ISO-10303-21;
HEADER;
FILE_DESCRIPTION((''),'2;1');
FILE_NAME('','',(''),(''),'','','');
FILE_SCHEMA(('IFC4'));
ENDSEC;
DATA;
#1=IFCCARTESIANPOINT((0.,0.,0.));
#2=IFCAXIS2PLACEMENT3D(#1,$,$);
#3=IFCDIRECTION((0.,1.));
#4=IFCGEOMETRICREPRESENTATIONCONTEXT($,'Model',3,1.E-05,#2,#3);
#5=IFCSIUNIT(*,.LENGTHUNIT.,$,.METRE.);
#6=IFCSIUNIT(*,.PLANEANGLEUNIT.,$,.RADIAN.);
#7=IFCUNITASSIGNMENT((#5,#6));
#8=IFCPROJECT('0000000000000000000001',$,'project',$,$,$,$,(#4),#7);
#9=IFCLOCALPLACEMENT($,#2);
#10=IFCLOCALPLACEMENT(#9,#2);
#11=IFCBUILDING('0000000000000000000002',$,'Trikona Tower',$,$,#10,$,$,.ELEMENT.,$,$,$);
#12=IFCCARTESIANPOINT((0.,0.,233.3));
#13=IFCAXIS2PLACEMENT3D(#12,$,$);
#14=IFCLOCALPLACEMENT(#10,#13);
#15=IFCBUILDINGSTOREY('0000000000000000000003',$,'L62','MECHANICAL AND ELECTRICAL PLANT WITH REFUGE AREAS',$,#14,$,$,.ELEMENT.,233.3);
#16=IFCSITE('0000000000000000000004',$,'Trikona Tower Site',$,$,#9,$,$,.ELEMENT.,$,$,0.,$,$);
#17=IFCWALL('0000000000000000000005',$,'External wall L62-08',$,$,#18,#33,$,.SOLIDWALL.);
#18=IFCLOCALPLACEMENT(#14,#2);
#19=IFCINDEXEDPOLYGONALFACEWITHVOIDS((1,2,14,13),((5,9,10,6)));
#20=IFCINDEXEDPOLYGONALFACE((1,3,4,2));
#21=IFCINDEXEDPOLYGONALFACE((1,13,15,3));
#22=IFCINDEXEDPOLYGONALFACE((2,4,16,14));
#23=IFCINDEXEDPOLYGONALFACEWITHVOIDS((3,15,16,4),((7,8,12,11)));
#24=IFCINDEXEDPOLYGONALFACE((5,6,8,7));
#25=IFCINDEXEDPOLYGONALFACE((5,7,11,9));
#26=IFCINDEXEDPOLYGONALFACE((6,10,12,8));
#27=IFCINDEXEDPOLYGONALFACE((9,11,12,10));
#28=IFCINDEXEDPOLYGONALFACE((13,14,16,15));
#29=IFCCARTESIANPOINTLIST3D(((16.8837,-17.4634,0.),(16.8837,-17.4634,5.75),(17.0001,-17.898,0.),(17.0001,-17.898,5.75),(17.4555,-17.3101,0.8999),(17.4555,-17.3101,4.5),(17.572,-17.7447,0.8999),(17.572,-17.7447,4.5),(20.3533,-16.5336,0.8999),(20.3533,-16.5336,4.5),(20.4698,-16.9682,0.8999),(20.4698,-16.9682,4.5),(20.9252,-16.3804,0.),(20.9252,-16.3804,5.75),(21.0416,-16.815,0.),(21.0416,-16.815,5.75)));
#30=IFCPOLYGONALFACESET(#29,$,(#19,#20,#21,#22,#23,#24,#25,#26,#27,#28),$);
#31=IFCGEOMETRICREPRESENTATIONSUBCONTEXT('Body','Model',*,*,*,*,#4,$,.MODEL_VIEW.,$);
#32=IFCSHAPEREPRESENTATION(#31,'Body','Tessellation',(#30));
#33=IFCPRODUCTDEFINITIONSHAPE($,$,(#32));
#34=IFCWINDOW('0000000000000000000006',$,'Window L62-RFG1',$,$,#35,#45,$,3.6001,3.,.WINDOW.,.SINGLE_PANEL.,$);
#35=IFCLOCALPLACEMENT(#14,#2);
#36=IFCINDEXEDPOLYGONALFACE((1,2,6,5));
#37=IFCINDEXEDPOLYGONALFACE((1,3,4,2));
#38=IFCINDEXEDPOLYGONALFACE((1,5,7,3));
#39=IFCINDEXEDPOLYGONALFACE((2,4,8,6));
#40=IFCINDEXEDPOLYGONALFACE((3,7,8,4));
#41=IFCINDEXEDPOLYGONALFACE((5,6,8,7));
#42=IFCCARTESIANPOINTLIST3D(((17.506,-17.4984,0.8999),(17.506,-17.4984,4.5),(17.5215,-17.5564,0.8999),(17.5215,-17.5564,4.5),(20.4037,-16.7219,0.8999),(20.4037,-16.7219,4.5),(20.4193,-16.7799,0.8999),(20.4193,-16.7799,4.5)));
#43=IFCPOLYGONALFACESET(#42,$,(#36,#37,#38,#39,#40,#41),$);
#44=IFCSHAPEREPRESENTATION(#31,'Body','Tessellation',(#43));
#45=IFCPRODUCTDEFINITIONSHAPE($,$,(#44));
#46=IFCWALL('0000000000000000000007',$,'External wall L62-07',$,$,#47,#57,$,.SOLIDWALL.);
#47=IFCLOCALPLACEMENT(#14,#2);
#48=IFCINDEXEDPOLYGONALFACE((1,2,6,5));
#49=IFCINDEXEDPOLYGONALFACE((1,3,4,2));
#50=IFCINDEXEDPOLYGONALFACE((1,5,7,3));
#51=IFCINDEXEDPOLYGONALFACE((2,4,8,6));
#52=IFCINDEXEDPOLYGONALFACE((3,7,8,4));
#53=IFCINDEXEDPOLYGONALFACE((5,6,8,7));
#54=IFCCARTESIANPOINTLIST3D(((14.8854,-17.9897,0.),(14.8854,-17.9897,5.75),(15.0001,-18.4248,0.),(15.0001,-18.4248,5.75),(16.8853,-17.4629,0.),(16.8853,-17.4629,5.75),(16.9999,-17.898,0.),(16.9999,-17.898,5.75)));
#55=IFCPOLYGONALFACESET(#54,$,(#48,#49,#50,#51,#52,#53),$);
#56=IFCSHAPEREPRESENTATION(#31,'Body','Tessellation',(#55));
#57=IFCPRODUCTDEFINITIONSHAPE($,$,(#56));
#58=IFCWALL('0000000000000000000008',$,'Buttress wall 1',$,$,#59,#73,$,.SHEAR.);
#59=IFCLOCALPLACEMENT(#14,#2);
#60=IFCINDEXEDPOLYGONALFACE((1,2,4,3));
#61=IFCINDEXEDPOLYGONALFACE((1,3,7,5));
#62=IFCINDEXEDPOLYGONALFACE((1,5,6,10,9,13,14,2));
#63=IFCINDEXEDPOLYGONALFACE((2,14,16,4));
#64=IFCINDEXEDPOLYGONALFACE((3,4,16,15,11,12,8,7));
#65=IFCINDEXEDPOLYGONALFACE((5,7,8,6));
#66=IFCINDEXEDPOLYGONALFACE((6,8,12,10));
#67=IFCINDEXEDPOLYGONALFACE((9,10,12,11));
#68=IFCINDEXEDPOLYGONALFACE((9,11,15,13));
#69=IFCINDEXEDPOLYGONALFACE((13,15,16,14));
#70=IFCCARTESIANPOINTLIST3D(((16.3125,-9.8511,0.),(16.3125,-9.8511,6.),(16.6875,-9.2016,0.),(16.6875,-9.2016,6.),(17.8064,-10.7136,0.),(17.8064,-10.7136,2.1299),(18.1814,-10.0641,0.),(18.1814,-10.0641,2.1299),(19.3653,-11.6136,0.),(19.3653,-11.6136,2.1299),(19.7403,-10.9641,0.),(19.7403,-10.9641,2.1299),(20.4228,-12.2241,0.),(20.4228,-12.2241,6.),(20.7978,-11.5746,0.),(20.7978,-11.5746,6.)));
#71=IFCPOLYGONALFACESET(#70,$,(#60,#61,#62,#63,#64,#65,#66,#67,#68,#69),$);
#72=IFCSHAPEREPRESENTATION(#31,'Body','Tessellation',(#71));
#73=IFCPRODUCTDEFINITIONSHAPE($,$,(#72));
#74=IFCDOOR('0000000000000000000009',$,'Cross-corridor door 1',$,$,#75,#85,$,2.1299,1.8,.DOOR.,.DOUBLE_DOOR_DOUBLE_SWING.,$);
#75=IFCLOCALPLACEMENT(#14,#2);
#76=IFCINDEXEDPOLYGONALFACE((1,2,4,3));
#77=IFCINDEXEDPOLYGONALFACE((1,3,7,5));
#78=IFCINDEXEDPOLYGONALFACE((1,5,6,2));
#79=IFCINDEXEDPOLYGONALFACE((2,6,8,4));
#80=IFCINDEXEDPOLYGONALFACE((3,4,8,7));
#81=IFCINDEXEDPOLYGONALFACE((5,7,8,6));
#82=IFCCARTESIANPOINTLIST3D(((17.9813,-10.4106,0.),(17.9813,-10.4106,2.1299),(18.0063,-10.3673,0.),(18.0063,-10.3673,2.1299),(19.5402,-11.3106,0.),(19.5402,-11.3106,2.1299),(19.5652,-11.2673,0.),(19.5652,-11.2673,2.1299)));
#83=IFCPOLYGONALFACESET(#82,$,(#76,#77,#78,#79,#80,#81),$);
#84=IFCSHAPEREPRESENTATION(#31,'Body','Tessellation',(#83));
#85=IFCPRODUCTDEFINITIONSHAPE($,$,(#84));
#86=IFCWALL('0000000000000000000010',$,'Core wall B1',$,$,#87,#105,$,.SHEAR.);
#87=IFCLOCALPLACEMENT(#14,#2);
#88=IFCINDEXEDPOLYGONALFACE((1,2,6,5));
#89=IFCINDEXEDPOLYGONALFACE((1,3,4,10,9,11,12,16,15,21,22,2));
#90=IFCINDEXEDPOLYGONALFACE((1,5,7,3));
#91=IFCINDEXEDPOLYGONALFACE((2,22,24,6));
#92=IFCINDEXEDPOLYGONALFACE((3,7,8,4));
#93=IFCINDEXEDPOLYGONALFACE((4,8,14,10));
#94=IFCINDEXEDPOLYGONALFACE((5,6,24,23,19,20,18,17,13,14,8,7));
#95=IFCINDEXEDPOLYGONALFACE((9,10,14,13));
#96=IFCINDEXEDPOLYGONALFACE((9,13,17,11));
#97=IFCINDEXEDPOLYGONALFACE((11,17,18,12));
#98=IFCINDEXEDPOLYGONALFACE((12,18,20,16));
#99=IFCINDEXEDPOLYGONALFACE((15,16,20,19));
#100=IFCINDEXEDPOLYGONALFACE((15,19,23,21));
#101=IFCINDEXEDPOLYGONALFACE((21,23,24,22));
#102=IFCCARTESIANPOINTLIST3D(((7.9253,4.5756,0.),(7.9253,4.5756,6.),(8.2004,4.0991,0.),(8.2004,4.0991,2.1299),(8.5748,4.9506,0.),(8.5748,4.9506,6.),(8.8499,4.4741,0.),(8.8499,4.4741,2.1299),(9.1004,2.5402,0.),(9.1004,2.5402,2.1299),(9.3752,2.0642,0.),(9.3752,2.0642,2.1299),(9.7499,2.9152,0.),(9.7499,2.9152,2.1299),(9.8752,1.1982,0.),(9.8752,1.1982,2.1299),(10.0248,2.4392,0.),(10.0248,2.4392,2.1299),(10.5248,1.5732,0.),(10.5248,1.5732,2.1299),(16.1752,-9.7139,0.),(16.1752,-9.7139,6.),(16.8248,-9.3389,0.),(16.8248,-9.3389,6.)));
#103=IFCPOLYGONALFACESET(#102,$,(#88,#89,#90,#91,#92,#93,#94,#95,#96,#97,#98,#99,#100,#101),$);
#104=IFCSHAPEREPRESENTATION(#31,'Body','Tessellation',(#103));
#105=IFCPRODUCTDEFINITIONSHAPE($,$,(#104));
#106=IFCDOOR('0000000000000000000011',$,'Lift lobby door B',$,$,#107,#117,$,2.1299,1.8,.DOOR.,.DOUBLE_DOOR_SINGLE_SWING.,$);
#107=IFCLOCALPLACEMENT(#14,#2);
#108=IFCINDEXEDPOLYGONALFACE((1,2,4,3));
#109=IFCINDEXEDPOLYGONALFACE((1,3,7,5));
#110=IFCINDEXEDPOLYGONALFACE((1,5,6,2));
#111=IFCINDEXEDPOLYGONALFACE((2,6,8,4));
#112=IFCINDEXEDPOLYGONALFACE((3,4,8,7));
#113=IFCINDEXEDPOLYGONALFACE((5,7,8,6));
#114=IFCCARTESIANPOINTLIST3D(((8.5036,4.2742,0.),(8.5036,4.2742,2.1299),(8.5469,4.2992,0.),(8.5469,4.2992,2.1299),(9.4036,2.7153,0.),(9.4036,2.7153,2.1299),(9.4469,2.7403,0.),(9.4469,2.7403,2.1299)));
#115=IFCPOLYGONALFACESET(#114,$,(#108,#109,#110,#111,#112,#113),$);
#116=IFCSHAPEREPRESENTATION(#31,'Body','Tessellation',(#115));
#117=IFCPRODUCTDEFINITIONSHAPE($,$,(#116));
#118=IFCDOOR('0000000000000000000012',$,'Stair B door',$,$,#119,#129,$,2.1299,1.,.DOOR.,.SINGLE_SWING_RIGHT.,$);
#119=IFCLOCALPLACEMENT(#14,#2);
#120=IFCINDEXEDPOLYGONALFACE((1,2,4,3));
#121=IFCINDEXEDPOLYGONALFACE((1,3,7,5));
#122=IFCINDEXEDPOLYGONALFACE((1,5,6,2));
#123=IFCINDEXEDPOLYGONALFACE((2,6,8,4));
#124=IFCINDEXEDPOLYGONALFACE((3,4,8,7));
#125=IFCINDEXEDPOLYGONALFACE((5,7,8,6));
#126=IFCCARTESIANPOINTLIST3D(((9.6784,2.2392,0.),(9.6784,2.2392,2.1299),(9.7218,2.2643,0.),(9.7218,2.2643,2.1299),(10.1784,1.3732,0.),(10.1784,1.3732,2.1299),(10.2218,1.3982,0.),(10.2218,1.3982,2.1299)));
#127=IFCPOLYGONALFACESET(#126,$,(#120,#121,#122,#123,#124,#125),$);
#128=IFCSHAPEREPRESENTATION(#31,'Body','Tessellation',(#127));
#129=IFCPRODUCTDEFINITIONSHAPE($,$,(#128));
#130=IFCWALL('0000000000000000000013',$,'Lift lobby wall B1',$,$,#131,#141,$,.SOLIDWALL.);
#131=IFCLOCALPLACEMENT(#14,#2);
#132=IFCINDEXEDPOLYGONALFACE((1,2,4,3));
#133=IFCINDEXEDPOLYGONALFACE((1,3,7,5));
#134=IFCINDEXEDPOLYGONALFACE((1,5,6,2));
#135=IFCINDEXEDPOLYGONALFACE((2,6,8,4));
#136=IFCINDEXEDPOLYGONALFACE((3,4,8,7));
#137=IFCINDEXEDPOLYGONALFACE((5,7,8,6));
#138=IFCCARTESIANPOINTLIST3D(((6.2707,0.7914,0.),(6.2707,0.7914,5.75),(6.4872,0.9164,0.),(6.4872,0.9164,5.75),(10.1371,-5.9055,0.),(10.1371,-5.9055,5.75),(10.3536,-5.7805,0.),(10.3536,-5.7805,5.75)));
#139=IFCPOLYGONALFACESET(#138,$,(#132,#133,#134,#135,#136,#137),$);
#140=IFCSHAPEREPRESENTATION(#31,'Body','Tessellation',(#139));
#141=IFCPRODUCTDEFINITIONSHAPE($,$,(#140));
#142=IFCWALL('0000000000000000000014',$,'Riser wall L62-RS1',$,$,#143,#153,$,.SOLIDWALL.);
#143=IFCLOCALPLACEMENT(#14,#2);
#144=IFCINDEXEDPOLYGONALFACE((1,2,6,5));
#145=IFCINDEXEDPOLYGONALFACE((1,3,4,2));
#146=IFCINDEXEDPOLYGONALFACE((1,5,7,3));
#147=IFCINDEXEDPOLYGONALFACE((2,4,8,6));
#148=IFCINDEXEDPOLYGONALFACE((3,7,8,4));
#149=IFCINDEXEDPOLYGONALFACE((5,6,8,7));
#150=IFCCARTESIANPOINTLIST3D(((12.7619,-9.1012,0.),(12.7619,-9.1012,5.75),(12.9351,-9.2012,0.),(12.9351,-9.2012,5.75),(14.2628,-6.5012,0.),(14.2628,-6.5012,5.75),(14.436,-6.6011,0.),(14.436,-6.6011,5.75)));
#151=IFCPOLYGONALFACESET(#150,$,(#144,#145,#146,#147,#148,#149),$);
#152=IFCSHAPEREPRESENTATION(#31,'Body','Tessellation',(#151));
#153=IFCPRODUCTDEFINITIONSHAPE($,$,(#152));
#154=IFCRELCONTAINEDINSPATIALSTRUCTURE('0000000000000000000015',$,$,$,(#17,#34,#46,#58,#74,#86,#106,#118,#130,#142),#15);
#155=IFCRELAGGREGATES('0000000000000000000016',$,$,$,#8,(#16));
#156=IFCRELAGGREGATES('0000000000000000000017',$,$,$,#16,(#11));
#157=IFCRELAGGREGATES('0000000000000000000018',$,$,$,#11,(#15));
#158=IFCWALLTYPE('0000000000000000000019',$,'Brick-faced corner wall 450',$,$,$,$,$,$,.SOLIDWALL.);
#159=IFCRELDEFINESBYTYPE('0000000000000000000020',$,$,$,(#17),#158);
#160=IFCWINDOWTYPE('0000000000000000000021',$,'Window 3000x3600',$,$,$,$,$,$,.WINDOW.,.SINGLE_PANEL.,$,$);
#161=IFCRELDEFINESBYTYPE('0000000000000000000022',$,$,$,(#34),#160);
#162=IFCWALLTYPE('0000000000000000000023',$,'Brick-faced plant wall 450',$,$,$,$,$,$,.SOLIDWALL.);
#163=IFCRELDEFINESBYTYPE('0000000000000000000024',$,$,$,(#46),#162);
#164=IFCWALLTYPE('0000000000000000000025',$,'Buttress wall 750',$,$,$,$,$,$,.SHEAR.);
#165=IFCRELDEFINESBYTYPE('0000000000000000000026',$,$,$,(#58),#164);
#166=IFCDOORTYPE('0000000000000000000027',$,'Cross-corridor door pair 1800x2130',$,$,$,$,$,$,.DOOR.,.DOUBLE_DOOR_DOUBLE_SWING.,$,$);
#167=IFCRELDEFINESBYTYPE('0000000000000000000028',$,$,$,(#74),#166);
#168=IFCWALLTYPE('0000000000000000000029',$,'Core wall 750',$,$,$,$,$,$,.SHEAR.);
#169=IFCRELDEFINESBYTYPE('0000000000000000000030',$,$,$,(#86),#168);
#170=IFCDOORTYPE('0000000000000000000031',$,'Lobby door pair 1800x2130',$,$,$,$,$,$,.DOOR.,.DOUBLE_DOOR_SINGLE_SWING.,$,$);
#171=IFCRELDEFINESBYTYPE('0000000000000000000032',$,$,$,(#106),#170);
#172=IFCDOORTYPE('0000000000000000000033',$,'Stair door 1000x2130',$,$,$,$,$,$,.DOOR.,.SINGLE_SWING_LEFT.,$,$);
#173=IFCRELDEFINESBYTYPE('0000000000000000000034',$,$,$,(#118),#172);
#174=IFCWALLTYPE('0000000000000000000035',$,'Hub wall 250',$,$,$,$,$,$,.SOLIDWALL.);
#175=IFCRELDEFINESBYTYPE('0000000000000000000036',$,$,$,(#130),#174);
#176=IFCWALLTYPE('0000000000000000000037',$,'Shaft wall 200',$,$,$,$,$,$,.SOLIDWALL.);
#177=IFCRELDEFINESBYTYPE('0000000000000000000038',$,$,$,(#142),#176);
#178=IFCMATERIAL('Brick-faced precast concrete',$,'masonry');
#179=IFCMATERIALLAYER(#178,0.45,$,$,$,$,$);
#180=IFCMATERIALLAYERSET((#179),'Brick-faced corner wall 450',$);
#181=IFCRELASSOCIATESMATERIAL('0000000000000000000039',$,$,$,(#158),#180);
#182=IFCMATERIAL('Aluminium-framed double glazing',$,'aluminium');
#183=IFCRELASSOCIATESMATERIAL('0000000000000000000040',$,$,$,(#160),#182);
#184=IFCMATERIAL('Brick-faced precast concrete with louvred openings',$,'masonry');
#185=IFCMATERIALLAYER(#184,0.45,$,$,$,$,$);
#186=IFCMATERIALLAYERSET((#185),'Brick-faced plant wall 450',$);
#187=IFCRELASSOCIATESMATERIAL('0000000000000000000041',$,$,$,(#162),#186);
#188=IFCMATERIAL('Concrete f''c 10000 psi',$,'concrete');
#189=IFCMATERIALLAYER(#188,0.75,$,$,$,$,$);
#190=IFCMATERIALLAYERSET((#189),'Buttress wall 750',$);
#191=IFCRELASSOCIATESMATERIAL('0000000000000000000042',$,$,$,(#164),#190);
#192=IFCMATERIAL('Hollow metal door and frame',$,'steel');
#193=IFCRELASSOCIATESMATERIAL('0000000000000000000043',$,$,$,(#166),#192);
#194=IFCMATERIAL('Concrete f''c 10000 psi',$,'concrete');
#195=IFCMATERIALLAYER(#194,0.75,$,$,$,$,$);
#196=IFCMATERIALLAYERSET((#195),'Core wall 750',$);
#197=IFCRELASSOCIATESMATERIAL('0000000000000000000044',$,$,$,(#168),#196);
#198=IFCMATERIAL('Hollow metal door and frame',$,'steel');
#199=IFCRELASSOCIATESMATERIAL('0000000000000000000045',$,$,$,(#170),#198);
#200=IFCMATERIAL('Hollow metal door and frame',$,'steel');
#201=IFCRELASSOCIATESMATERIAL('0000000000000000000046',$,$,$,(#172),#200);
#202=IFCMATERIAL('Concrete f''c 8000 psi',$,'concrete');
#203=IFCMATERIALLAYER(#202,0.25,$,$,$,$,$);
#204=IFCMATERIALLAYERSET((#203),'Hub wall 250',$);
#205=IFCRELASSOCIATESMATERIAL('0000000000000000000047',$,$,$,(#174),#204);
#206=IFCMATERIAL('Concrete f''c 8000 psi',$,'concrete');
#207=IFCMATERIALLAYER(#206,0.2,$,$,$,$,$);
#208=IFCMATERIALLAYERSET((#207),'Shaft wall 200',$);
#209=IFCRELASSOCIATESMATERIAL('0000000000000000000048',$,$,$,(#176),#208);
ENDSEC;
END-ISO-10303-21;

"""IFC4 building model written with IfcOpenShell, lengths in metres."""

from ifc_helpers import new_model, si_unit, direction, frame, frame_2d, origin, place, context, subcontext, project, spatial, rectangle, extrude, material, layer, layer_set, type_object, element, fill, save


model = new_model("IFC4")

# Units and contexts
model_context = context("Model", 3, precision=1e-05, world=origin(), true_north=direction((0.0, 1.0)))
body_context = subcontext(model_context, "Body", "Model", "MODEL_VIEW")
ifc_project = project(units=[si_unit("LENGTHUNIT", "METRE"), si_unit("PLANEANGLEUNIT", "RADIAN")], contexts=[model_context])

# Site, building, storey
site_placement = place(None, origin())
site = spatial("IfcSite", under=ifc_project, at=site_placement, Name="Trikona Tower Site", CompositionType="ELEMENT", RefElevation=0.0)
building_placement = place(site_placement, origin())
building = spatial("IfcBuilding", under=site, at=building_placement, Name="Trikona Tower", CompositionType="ELEMENT")
storey_placement = place(building_placement, frame((0.0, 0.0, 233.3)))
storey = spatial("IfcBuildingStorey", under=building, at=storey_placement, Name="L62", Description="MECHANICAL AND ELECTRICAL PLANT WITH REFUGE AREAS", CompositionType="ELEMENT", Elevation=233.3)

# Wall, opening, window
ifc_material_1 = material(Name="Brick-faced precast concrete", Category="masonry")
ifc_layer_1 = layer(ifc_material_1, 0.45)
ifc_layer_set_1 = layer_set([ifc_layer_1], Name="Brick-faced corner wall 450")
wall_type_1 = type_object("IfcWallType", Name="Brick-faced corner wall 450", PredefinedType="SOLIDWALL", material=ifc_layer_set_1)
wall_1_placement = place(storey_placement, frame((16.9419, -17.6807, 0.0), z_axis=(0.0, 0.0, 1.0), x_axis=(0.96592, 0.258839, 0.0)))
wall_1 = element("IfcWall", 1, at=wall_1_placement, inside=storey, type_object=wall_type_1, Name="External wall L62-08", PredefinedType="SOLIDWALL", context=body_context, shape_type="SweptSolid", body=[
    extrude(rectangle(XDim=4.1841, YDim=0.45, at=frame_2d((2.092, 0.0))), origin(), (0.0, 0.0, 1.0), 5.75),
])
opening_1_placement = place(wall_1_placement, frame((0.592, 0.0, 0.8999)))
opening_1 = element("IfcOpeningElement", 2, at=opening_1_placement, cuts=wall_1, PredefinedType="OPENING", context=body_context, shape_type="SweptSolid", body=[
    extrude(rectangle(XDim=3.0, YDim=3.6001, at=frame_2d((1.5, 1.8))), frame((0.0, 0.2349, 0.0), z_axis=(0.0, -1.0, 0.0), x_axis=(1.0, 0.0, 0.0)), (0.0, 0.0, 1.0), 0.47),
])
ifc_material_2 = material(Name="Aluminium-framed double glazing", Category="aluminium")
window_type = type_object("IfcWindowType", Name="Window 3000x3600", PartitioningType="SINGLE_PANEL", PredefinedType="WINDOW", material=ifc_material_2)
window_placement = place(opening_1_placement, origin())
window = element("IfcWindow", 3, at=window_placement, inside=storey, type_object=window_type, Name="Window L62-RFG1", OverallHeight=3.6001, OverallWidth=3.0, PartitioningType="SINGLE_PANEL", PredefinedType="WINDOW", context=body_context, shape_type="SweptSolid", body=[
    extrude(rectangle(XDim=3.0, YDim=3.6001, at=frame_2d((1.5, 1.8))), frame((0.0, 0.03, 0.0), z_axis=(0.0, -1.0, 0.0), x_axis=(1.0, 0.0, 0.0)), (0.0, 0.0, 1.0), 0.0601),
])
fill(opening_1, window)

# Wall
ifc_material_3 = material(Name="Brick-faced precast concrete with louvred openings", Category="masonry")
ifc_layer_2 = layer(ifc_material_3, 0.45)
ifc_layer_set_2 = layer_set([ifc_layer_2], Name="Brick-faced plant wall 450")
wall_type_2 = type_object("IfcWallType", Name="Brick-faced plant wall 450", PredefinedType="SOLIDWALL", material=ifc_layer_set_2)
wall_2_placement = place(storey_placement, frame((14.9426, -18.2073, 0.0), z_axis=(0.0, 0.0, 1.0), x_axis=(0.96701, 0.254737, 0.0)))
element("IfcWall", 4, at=wall_2_placement, inside=storey, type_object=wall_type_2, Name="External wall L62-07", PredefinedType="SOLIDWALL", context=body_context, shape_type="SweptSolid", body=[
    extrude(rectangle(XDim=2.0681, YDim=0.45, at=frame_2d((1.0342, 0.0))), origin(), (0.0, 0.0, 1.0), 5.75),
])

# Wall, opening, door
ifc_material_4 = material(Name="Concrete f'c 10000 psi", Category="concrete")
ifc_layer_3 = layer(ifc_material_4, 0.75)
ifc_layer_set_3 = layer_set([ifc_layer_3], Name="Buttress wall 750")
wall_type_3 = type_object("IfcWallType", Name="Buttress wall 750", PredefinedType="SHEAR", material=ifc_layer_set_3)
wall_3_placement = place(storey_placement, frame((16.5, -9.5264, 0.0), z_axis=(0.0, 0.0, 1.0), x_axis=(0.866031, -0.49999, 0.0)))
wall_3 = element("IfcWall", 5, at=wall_3_placement, inside=storey, type_object=wall_type_3, Name="Buttress wall 1", PredefinedType="SHEAR", context=body_context, shape_type="SweptSolid", body=[
    extrude(rectangle(XDim=4.7461, YDim=0.75, at=frame_2d((2.373, 0.0))), origin(), (0.0, 0.0, 1.0), 6.0),
])
opening_2_placement = place(wall_3_placement, frame((1.7251, 0.0, 0.0)))
opening_2 = element("IfcOpeningElement", 6, at=opening_2_placement, cuts=wall_3, PredefinedType="OPENING", context=body_context, shape_type="SweptSolid", body=[
    extrude(rectangle(XDim=1.8, YDim=2.1299, at=frame_2d((0.8999, 1.0649))), frame((0.0, 0.385, 0.0), z_axis=(0.0, -1.0, 0.0), x_axis=(1.0, 0.0, 0.0)), (0.0, 0.0, 1.0), 0.77),
])
ifc_material_5 = material(Name="Hollow metal door and frame", Category="steel")
door_type_1 = type_object("IfcDoorType", Name="Cross-corridor door pair 1800x2130", OperationType="DOUBLE_DOOR_DOUBLE_SWING", PredefinedType="DOOR", material=ifc_material_5)
door_1_placement = place(opening_2_placement, origin())
door_1 = element("IfcDoor", 7, at=door_1_placement, inside=storey, type_object=door_type_1, Name="Cross-corridor door 1", OperationType="DOUBLE_DOOR_DOUBLE_SWING", OverallHeight=2.1299, OverallWidth=1.8, PredefinedType="DOOR", context=body_context, shape_type="SweptSolid", body=[
    extrude(rectangle(XDim=1.8, YDim=2.1299, at=frame_2d((0.8999, 1.0649))), frame((0.0, 0.0249, 0.0), z_axis=(0.0, -1.0, 0.0), x_axis=(1.0, 0.0, 0.0)), (0.0, 0.0, 1.0), 0.05),
])
fill(opening_2, door_1)

# Wall, openings, doors
ifc_material_6 = material(Name="Concrete f'c 10000 psi", Category="concrete")
ifc_layer_4 = layer(ifc_material_6, 0.75)
ifc_layer_set_4 = layer_set([ifc_layer_4], Name="Core wall 750")
wall_type_4 = type_object("IfcWallType", Name="Core wall 750", PredefinedType="SHEAR", material=ifc_layer_set_4)
wall_4_placement = place(storey_placement, frame((16.5, -9.5264, 0.0), z_axis=(0.0, 0.0, 1.0), x_axis=(-0.499997, 0.866027, 0.0)))
wall_4 = element("IfcWall", 8, at=wall_4_placement, inside=storey, type_object=wall_type_4, Name="Core wall B1", PredefinedType="SHEAR", context=body_context, shape_type="SweptSolid", body=[
    extrude(rectangle(XDim=16.5, YDim=0.75, at=frame_2d((8.25, 0.0))), origin(), (0.0, 0.0, 1.0), 6.0),
])
opening_3_placement = place(wall_4_placement, frame((14.1499, 0.0, 0.0)))
opening_3 = element("IfcOpeningElement", 9, at=opening_3_placement, cuts=wall_4, PredefinedType="OPENING", context=body_context, shape_type="SweptSolid", body=[
    extrude(rectangle(XDim=1.8, YDim=2.1299, at=frame_2d((0.8999, 1.0649))), frame((0.0, 0.385, 0.0), z_axis=(0.0, -1.0, 0.0), x_axis=(1.0, 0.0, 0.0)), (0.0, 0.0, 1.0), 0.77),
])
opening_4_placement = place(wall_4_placement, frame((12.6001, 0.0, 0.0)))
opening_4 = element("IfcOpeningElement", 10, at=opening_4_placement, cuts=wall_4, PredefinedType="OPENING", context=body_context, shape_type="SweptSolid", body=[
    extrude(rectangle(XDim=1.0, YDim=2.1299, at=frame_2d((0.5, 1.0649))), frame((0.0, 0.385, 0.0), z_axis=(0.0, -1.0, 0.0), x_axis=(1.0, 0.0, 0.0)), (0.0, 0.0, 1.0), 0.77),
])
ifc_material_7 = material(Name="Hollow metal door and frame", Category="steel")
door_type_2 = type_object("IfcDoorType", Name="Lobby door pair 1800x2130", OperationType="DOUBLE_DOOR_SINGLE_SWING", PredefinedType="DOOR", material=ifc_material_7)
door_2_placement = place(opening_3_placement, origin())
door_2 = element("IfcDoor", 11, at=door_2_placement, inside=storey, type_object=door_type_2, Name="Lift lobby door B", OperationType="DOUBLE_DOOR_SINGLE_SWING", OverallHeight=2.1299, OverallWidth=1.8, PredefinedType="DOOR", context=body_context, shape_type="SweptSolid", body=[
    extrude(rectangle(XDim=1.8, YDim=2.1299, at=frame_2d((0.8999, 1.0649))), frame((0.0, 0.0249, 0.0), z_axis=(0.0, -1.0, 0.0), x_axis=(1.0, 0.0, 0.0)), (0.0, 0.0, 1.0), 0.05),
])
fill(opening_3, door_2)
ifc_material_8 = material(Name="Hollow metal door and frame", Category="steel")
door_type_3 = type_object("IfcDoorType", Name="Stair door 1000x2130", OperationType="SINGLE_SWING_LEFT", PredefinedType="DOOR", material=ifc_material_8)
door_3_placement = place(opening_4_placement, origin())
door_3 = element("IfcDoor", 12, at=door_3_placement, inside=storey, type_object=door_type_3, Name="Stair B door", OperationType="SINGLE_SWING_RIGHT", OverallHeight=2.1299, OverallWidth=1.0, PredefinedType="DOOR", context=body_context, shape_type="SweptSolid", body=[
    extrude(rectangle(XDim=1.0, YDim=2.1299, at=frame_2d((0.5, 1.0649))), frame((0.0, 0.0249, 0.0), z_axis=(0.0, -1.0, 0.0), x_axis=(1.0, 0.0, 0.0)), (0.0, 0.0, 1.0), 0.05),
])
fill(opening_4, door_3)

# Walls
ifc_material_9 = material(Name="Concrete f'c 8000 psi", Category="concrete")
ifc_layer_5 = layer(ifc_material_9, 0.25)
ifc_layer_set_5 = layer_set([ifc_layer_5], Name="Hub wall 250")
wall_type_5 = type_object("IfcWallType", Name="Hub wall 250", PredefinedType="SOLIDWALL", material=ifc_layer_set_5)
wall_5_placement = place(storey_placement, frame((10.2454, -5.843, 0.0), z_axis=(0.0, 0.0, 1.0), x_axis=(-0.499993, 0.866029, 0.0)))
element("IfcWall", 13, at=wall_5_placement, inside=storey, type_object=wall_type_5, Name="Lift lobby wall B1", PredefinedType="SOLIDWALL", context=body_context, shape_type="SweptSolid", body=[
    extrude(rectangle(XDim=7.7329, YDim=0.25, at=frame_2d((3.8665, 0.0))), origin(), (0.0, 0.0, 1.0), 5.75),
])
ifc_material_10 = material(Name="Concrete f'c 8000 psi", Category="concrete")
ifc_layer_6 = layer(ifc_material_10, 0.2)
ifc_layer_set_6 = layer_set([ifc_layer_6], Name="Shaft wall 200")
wall_type_6 = type_object("IfcWallType", Name="Shaft wall 200", PredefinedType="SOLIDWALL", material=ifc_layer_set_6)
wall_6_placement = place(storey_placement, frame((14.3494, -6.5513, 0.0), z_axis=(0.0, 0.0, 1.0), x_axis=(-0.499952, -0.866053, 0.0)))
element("IfcWall", 14, at=wall_6_placement, inside=storey, type_object=wall_type_6, Name="Riser wall L62-RS1", PredefinedType="SOLIDWALL", context=body_context, shape_type="SweptSolid", body=[
    extrude(rectangle(XDim=3.0022, YDim=0.2, at=frame_2d((1.501, 0.0))), origin(), (0.0, 0.0, 1.0), 5.75),
])

save(model, "model.ifc")
